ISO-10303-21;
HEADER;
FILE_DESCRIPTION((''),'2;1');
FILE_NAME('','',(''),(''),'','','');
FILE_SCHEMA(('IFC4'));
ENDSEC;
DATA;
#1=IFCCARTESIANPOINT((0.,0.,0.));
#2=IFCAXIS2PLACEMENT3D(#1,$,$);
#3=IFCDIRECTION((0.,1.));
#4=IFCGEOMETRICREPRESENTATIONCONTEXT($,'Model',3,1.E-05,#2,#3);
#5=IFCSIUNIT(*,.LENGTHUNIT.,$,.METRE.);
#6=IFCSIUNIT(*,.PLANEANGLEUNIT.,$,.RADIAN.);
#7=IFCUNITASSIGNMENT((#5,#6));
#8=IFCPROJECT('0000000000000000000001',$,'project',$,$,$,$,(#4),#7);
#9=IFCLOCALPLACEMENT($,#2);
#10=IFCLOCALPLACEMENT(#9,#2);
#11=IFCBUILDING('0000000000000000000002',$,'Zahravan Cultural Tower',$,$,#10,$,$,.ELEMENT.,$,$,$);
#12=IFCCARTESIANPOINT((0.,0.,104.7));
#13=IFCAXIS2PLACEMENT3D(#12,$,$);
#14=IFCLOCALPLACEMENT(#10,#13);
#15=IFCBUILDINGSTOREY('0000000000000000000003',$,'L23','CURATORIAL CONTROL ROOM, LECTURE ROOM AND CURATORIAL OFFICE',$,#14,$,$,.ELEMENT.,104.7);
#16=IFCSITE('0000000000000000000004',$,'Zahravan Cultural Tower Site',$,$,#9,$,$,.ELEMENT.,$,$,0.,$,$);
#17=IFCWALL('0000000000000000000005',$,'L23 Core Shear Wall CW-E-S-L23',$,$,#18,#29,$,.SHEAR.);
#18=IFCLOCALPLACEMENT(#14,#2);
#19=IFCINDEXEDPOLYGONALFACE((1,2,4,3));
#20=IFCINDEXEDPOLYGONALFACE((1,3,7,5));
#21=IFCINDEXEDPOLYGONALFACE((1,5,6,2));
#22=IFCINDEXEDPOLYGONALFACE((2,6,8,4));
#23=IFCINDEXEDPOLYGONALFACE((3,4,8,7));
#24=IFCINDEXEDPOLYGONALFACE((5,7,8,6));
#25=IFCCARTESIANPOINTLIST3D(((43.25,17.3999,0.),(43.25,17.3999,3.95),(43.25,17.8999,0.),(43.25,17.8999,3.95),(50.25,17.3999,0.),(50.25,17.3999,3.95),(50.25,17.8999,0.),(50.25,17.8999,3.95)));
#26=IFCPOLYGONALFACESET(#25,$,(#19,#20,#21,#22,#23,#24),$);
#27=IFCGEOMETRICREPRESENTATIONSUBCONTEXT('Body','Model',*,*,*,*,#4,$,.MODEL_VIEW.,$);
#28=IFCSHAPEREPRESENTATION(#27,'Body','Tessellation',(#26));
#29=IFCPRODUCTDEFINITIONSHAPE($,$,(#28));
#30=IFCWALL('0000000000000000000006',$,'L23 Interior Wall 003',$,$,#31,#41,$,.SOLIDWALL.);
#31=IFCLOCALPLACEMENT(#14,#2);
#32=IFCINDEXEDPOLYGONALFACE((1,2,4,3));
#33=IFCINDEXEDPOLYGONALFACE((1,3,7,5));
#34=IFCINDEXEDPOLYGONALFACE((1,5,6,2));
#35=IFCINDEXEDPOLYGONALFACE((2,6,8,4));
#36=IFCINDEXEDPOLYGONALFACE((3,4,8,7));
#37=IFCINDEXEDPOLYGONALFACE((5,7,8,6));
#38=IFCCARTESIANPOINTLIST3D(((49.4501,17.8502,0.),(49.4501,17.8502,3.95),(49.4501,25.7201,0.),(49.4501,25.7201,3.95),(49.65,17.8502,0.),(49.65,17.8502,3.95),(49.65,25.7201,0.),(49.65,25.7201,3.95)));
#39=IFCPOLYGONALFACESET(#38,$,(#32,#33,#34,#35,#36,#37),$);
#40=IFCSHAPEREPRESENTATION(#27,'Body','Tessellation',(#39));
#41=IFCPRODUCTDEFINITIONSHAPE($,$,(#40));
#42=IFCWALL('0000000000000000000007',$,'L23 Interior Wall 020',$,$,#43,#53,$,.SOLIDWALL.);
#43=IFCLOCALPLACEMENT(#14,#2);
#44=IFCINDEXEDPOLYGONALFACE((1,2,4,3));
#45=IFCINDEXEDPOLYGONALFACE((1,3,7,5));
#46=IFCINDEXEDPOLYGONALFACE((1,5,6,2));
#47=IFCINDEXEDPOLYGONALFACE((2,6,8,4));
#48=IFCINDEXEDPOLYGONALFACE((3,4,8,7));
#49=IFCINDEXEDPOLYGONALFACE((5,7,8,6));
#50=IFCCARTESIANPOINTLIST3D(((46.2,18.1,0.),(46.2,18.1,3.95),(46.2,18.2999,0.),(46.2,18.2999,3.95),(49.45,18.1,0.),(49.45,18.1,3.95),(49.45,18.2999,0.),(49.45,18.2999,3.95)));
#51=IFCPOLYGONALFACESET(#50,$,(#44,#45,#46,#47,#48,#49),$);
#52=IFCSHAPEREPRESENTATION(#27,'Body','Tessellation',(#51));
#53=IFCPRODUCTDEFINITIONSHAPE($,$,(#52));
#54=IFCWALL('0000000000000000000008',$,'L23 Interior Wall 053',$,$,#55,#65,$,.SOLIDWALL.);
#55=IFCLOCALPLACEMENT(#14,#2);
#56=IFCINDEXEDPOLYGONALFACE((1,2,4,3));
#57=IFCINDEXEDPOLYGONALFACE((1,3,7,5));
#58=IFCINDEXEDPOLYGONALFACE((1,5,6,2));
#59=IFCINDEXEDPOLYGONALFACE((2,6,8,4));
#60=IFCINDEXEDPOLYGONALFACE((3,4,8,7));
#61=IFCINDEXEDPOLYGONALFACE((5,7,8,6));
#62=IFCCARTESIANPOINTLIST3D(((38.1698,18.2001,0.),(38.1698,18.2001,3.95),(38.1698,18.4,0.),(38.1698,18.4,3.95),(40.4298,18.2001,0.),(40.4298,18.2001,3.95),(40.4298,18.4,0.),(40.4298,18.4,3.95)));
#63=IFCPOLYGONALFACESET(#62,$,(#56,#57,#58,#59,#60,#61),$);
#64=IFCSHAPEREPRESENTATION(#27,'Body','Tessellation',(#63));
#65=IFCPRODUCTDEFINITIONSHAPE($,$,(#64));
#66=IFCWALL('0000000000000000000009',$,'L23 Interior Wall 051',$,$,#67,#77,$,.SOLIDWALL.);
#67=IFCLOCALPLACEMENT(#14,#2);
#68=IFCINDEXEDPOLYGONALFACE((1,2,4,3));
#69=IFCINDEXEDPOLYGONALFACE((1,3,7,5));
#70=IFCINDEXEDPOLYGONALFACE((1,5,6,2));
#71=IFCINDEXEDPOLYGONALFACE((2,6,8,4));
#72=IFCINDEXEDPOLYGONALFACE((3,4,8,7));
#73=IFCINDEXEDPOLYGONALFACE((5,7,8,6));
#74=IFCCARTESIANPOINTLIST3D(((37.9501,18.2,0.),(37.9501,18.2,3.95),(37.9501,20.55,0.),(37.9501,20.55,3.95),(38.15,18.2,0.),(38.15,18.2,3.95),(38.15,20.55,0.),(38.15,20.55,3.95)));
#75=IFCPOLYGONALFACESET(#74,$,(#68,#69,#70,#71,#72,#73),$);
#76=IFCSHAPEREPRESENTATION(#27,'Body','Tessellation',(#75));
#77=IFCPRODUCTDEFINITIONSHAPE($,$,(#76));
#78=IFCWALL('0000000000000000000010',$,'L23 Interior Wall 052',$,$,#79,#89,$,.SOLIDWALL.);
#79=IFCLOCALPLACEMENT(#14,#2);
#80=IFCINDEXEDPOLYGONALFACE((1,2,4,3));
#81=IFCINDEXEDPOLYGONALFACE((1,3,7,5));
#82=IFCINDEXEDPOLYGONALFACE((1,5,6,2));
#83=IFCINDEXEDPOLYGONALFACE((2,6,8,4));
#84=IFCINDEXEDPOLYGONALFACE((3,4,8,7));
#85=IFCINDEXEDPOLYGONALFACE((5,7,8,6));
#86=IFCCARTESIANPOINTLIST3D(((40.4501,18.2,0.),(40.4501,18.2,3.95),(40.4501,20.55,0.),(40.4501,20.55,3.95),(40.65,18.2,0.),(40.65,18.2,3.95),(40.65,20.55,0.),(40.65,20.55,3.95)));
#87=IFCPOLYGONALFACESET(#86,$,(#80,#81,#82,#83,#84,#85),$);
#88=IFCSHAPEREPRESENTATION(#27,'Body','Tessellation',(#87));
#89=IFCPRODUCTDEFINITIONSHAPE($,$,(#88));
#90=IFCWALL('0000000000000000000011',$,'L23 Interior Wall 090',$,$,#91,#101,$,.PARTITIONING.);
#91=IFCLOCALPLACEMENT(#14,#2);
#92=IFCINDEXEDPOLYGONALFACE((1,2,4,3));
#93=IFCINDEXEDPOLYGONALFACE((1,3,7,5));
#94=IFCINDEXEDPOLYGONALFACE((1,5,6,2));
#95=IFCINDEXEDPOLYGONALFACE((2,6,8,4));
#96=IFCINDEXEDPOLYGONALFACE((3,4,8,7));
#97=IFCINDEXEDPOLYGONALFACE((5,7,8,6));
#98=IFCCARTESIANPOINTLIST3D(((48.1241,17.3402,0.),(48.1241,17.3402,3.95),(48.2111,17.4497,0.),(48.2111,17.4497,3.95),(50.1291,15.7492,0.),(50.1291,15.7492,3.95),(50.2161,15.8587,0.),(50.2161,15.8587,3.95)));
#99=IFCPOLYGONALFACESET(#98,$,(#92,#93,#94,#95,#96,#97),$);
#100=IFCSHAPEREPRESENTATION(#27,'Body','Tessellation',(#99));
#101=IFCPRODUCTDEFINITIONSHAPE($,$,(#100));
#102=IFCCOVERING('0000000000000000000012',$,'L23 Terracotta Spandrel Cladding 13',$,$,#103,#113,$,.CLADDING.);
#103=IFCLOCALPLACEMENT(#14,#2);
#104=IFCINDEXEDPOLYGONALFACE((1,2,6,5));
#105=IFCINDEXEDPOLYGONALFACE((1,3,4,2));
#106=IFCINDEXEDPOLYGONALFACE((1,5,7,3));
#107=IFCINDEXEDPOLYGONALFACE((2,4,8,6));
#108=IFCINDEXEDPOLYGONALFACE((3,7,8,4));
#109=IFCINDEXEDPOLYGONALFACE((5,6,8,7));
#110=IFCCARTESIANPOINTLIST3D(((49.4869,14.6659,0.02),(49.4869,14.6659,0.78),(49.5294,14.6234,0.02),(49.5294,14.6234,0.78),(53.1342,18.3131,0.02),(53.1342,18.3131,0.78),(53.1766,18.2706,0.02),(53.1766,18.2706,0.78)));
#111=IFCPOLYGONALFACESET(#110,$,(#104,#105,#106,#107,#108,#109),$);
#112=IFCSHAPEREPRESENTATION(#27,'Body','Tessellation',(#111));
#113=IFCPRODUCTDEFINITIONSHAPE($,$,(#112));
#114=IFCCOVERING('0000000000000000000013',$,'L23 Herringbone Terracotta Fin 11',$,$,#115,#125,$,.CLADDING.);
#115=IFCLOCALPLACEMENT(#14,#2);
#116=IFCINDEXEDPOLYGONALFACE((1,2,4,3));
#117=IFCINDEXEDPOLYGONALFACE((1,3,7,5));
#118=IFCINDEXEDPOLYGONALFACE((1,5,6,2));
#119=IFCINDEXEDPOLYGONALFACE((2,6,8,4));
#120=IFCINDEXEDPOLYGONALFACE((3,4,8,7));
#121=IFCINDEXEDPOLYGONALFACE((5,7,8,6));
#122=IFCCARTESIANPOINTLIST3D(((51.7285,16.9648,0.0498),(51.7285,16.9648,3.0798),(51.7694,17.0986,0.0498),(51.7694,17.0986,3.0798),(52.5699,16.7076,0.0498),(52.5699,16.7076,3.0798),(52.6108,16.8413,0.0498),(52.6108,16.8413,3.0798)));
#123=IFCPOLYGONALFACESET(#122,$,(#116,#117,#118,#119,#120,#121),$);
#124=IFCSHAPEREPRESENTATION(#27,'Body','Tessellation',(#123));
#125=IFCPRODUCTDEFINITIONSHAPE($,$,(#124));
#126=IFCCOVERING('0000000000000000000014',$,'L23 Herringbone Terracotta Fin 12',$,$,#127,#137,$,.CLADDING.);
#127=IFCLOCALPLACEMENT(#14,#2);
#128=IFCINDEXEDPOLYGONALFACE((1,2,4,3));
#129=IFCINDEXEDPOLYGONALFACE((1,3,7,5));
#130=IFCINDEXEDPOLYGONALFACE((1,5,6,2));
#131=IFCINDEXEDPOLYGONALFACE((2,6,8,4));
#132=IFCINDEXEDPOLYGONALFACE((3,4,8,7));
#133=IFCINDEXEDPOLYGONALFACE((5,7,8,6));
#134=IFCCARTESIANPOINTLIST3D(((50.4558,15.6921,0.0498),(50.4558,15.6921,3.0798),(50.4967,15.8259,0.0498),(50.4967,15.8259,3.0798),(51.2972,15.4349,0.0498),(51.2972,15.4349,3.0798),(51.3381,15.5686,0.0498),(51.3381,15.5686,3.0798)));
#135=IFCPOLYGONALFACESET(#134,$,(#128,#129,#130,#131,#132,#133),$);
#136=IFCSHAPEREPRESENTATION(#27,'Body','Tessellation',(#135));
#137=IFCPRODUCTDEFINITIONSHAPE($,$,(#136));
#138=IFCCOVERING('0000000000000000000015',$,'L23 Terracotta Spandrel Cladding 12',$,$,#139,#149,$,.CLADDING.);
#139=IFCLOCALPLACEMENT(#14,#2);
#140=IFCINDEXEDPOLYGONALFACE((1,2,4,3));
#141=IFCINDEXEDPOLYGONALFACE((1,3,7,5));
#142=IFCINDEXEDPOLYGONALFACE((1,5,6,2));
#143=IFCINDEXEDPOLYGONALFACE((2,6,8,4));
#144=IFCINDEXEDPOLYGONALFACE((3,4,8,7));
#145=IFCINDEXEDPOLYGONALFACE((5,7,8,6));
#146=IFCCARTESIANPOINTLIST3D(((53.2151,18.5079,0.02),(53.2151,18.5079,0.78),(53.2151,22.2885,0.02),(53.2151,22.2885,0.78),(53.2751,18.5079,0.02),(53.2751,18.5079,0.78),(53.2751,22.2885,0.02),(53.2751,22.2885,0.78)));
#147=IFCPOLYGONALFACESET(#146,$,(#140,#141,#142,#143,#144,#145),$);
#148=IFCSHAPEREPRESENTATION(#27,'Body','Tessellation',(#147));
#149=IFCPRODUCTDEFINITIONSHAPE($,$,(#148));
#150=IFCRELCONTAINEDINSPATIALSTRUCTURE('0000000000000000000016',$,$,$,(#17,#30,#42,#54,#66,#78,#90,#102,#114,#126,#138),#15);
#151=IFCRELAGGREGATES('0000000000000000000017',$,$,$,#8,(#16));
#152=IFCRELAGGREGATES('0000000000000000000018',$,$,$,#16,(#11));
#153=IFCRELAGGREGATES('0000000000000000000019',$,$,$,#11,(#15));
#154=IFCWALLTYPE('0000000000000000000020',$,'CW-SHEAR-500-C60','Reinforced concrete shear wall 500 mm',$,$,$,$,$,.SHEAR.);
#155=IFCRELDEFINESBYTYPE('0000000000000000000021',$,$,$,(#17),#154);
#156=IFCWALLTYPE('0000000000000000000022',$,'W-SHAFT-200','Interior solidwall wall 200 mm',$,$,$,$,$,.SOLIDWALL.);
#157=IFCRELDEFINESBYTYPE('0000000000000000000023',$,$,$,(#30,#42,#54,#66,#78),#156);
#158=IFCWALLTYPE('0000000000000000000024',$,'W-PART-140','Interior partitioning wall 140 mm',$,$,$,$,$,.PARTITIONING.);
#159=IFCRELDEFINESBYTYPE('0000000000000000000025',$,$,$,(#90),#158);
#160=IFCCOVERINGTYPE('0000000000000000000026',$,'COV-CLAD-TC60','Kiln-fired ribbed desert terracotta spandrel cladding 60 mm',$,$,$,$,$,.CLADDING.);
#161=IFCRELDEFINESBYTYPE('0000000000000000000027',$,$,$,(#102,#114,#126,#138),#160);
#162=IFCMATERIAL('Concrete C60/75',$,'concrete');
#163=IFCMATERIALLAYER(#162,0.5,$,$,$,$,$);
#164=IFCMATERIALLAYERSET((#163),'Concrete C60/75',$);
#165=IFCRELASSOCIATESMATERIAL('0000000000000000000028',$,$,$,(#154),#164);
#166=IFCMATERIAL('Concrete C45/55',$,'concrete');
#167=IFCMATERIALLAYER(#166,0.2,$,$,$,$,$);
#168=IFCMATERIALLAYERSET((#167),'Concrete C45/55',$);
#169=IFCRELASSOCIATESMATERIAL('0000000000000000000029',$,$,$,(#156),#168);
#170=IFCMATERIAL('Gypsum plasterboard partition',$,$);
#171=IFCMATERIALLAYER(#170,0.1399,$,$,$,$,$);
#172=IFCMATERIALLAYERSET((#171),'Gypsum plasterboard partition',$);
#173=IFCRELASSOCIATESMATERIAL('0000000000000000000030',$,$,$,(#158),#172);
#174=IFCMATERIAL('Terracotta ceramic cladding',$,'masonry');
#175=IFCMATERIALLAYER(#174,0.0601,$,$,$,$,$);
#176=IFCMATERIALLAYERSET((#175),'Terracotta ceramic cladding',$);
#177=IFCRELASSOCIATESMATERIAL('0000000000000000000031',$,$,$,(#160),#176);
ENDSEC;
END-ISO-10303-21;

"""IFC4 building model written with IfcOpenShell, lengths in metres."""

from ifc_helpers import new_model, si_unit, direction, frame, frame_2d, origin, origin_2d, place, context, subcontext, project, spatial, rectangle, extrude, source, transform, mapped, material, layer, layer_set, type_object, element, save


model = new_model("IFC4")

# Units and contexts
model_context = context("Model", 3, precision=1e-05, world=origin(), true_north=direction((0.0, 1.0)))
body_context = subcontext(model_context, "Body", "Model", "MODEL_VIEW")
ifc_project = project(units=[si_unit("LENGTHUNIT", "METRE"), si_unit("PLANEANGLEUNIT", "RADIAN")], contexts=[model_context])

# Site, building, storey
site_placement = place(None, origin())
site = spatial("IfcSite", under=ifc_project, at=site_placement, Name="Zahravan Cultural Tower Site", CompositionType="ELEMENT", RefElevation=0.0)
building_placement = place(site_placement, origin())
building = spatial("IfcBuilding", under=site, at=building_placement, Name="Zahravan Cultural Tower", CompositionType="ELEMENT")
storey_placement = place(building_placement, frame((0.0, 0.0, 104.7)))
storey = spatial("IfcBuildingStorey", under=building, at=storey_placement, Name="L23", Description="CURATORIAL CONTROL ROOM, LECTURE ROOM AND CURATORIAL OFFICE", CompositionType="ELEMENT", Elevation=104.7)

# Shared definitions
ifc_material_1 = material(Name="Concrete C60/75", Category="concrete")

# Shared definitions
ifc_layer_1 = layer(ifc_material_1, 0.5)
ifc_layer_set_1 = layer_set([ifc_layer_1], Name="Concrete C60/75")
wall_type_1 = type_object("IfcWallType", Name="CW-SHEAR-500-C60", Description="Reinforced concrete shear wall 500 mm", PredefinedType="SHEAR", material=ifc_layer_set_1)

# Shared definitions
ifc_material_2 = material(Name="Concrete C45/55", Category="concrete")
ifc_layer_2 = layer(ifc_material_2, 0.2)
ifc_layer_set_2 = layer_set([ifc_layer_2], Name="Concrete C45/55")
wall_type_2 = type_object("IfcWallType", Name="W-SHAFT-200", Description="Interior solidwall wall 200 mm", PredefinedType="SOLIDWALL", material=ifc_layer_set_2)

# Walls
shared_shape_1 = source(origin(), body_context, "Body", "SweptSolid", [
    extrude(rectangle(XDim=7.0, YDim=0.5, at=frame_2d((3.5, 0.0))), origin(), (0.0, 0.0, 1.0), 3.95),
])
wall_1_placement = place(storey_placement, frame((43.25, 17.6499, 0.0), z_axis=(0.0, 0.0, 1.0), x_axis=(1.0, 0.0, 0.0)))
element("IfcWall", 1, at=wall_1_placement, inside=storey, type_object=wall_type_1, Name="L23 Core Shear Wall CW-E-S-L23", PredefinedType="SHEAR", context=body_context, shape_type="MappedRepresentation", body=[
    mapped(shared_shape_1, transform((0.0, 0.0, 0.0), x_axis=(1.0, 0.0, 0.0), y_axis=(0.0, 1.0, 0.0), z_axis=(0.0, 0.0, 1.0), scale=1.0)),
])
shared_shape_2 = source(origin(), body_context, "Body", "SweptSolid", [
    extrude(rectangle(XDim=7.8699, YDim=0.2, at=frame_2d((3.9351, 0.0))), origin(), (0.0, 0.0, 1.0), 3.95),
])
wall_2_placement = place(storey_placement, frame((49.55, 17.8501, 0.0), z_axis=(0.0, 0.0, 1.0), x_axis=(0.0, 1.0, 0.0)))
element("IfcWall", 2, at=wall_2_placement, inside=storey, type_object=wall_type_2, Name="L23 Interior Wall 003", PredefinedType="SOLIDWALL", context=body_context, shape_type="MappedRepresentation", body=[
    mapped(shared_shape_2, transform((0.0, 0.0, 0.0), x_axis=(1.0, 0.0, 0.0), y_axis=(0.0, 1.0, 0.0), z_axis=(0.0, 0.0, 1.0), scale=1.0)),
])
shared_shape_3 = source(origin(), body_context, "Body", "SweptSolid", [
    extrude(rectangle(XDim=3.25, YDim=0.2, at=frame_2d((1.625, 0.0))), origin(), (0.0, 0.0, 1.0), 3.95),
])
wall_3_placement = place(storey_placement, frame((46.2, 18.2, 0.0), z_axis=(0.0, 0.0, 1.0), x_axis=(1.0, 0.0, 0.0)))
element("IfcWall", 3, at=wall_3_placement, inside=storey, type_object=wall_type_2, Name="L23 Interior Wall 020", PredefinedType="SOLIDWALL", context=body_context, shape_type="MappedRepresentation", body=[
    mapped(shared_shape_3, transform((0.0, 0.0, 0.0), x_axis=(1.0, 0.0, 0.0), y_axis=(0.0, 1.0, 0.0), z_axis=(0.0, 0.0, 1.0), scale=1.0)),
])
shared_shape_4 = source(origin(), body_context, "Body", "SweptSolid", [
    extrude(rectangle(XDim=2.26, YDim=0.2, at=frame_2d((1.1299, 0.0))), origin(), (0.0, 0.0, 1.0), 3.95),
])
wall_4_placement = place(storey_placement, frame((38.1699, 18.3, 0.0), z_axis=(0.0, 0.0, 1.0), x_axis=(1.0, 0.0, 0.0)))
element("IfcWall", 4, at=wall_4_placement, inside=storey, type_object=wall_type_2, Name="L23 Interior Wall 053", PredefinedType="SOLIDWALL", context=body_context, shape_type="MappedRepresentation", body=[
    mapped(shared_shape_4, transform((0.0, 0.0, 0.0), x_axis=(1.0, 0.0, 0.0), y_axis=(0.0, 1.0, 0.0), z_axis=(0.0, 0.0, 1.0), scale=1.0)),
])
shared_shape_5 = source(origin(), body_context, "Body", "SweptSolid", [
    extrude(rectangle(XDim=2.3501, YDim=0.2, at=frame_2d((1.175, 0.0))), origin(), (0.0, 0.0, 1.0), 3.95),
])
for number, where, z_axis, x_axis, name in (
    (5, (38.05, 18.2, 0.0), (0.0, 0.0, 1.0), (0.0, 1.0, 0.0), "L23 Interior Wall 051"),
    (6, (40.55, 18.2, 0.0), (0.0, 0.0, 1.0), (0.0, 1.0, 0.0), "L23 Interior Wall 052"),
):
    element("IfcWall", number, at=place(storey_placement, frame(where, z_axis=z_axis, x_axis=x_axis)), inside=storey, type_object=wall_type_2, Name=name, PredefinedType="SOLIDWALL", context=body_context, shape_type="MappedRepresentation", body=[
        mapped(shared_shape_5, transform((0.0, 0.0, 0.0), x_axis=(1.0, 0.0, 0.0), y_axis=(0.0, 1.0, 0.0), z_axis=(0.0, 0.0, 1.0), scale=1.0)),
    ])
ifc_material_3 = material(Name="Gypsum plasterboard partition")
ifc_layer_3 = layer(ifc_material_3, 0.1399)
ifc_layer_set_3 = layer_set([ifc_layer_3], Name="Gypsum plasterboard partition")
wall_type_3 = type_object("IfcWallType", Name="W-PART-140", Description="Interior partitioning wall 140 mm", PredefinedType="PARTITIONING", material=ifc_layer_set_3)
shared_shape_6 = source(origin(), body_context, "Body", "SweptSolid", [
    extrude(rectangle(XDim=2.5596, YDim=0.1399, at=frame_2d((1.2798, 0.0))), origin(), (0.0, 0.0, 1.0), 3.95),
])
wall_5_placement = place(storey_placement, frame((50.1726, 15.804, 0.0), z_axis=(0.0, 0.0, 1.0), x_axis=(-0.783347, 0.621584, 0.0)))
element("IfcWall", 7, at=wall_5_placement, inside=storey, type_object=wall_type_3, Name="L23 Interior Wall 090", PredefinedType="PARTITIONING", context=body_context, shape_type="MappedRepresentation", body=[
    mapped(shared_shape_6, transform((0.0, 0.0, 0.0), x_axis=(1.0, 0.0, 0.0), y_axis=(0.0, 1.0, 0.0), z_axis=(0.0, 0.0, 1.0), scale=1.0)),
])

# Coverings
ifc_material_4 = material(Name="Terracotta ceramic cladding", Category="masonry")
ifc_layer_4 = layer(ifc_material_4, 0.0601)
ifc_layer_set_4 = layer_set([ifc_layer_4], Name="Terracotta ceramic cladding")
covering_type = type_object("IfcCoveringType", Name="COV-CLAD-TC60", Description="Kiln-fired ribbed desert terracotta spandrel cladding 60 mm", PredefinedType="CLADDING", material=ifc_layer_set_4)
shared_shape_7 = source(origin(), body_context, "Body", "SweptSolid", [
    extrude(rectangle(XDim=5.158, YDim=0.0601, at=origin_2d()), origin(), (0.0, 0.0, 1.0), 0.76),
])
covering_1_placement = place(storey_placement, frame((51.3318, 16.4683, 0.02), z_axis=(0.0, 0.0, 1.0), x_axis=(-0.707107, -0.707107, 0.0)))
element("IfcCovering", 8, at=covering_1_placement, inside=storey, type_object=covering_type, Name="L23 Terracotta Spandrel Cladding 13", PredefinedType="CLADDING", context=body_context, shape_type="MappedRepresentation", body=[
    mapped(shared_shape_7, transform((0.0, 0.0, 0.0), x_axis=(1.0, 0.0, 0.0), y_axis=(0.0, 1.0, 0.0), z_axis=(0.0, 0.0, 1.0), scale=1.0)),
])
shared_shape_8 = source(origin(), body_context, "Body", "SweptSolid", [
    extrude(rectangle(XDim=0.8799, YDim=0.1399, at=origin_2d()), origin(), (0.0, 0.0, 1.0), 3.03),
])
for number, where, z_axis, x_axis, name in (
    (9, (52.1697, 16.9031, 0.0498), (0.0, 0.0, 1.0), (0.956305, -0.292372, 0.0), "L23 Herringbone Terracotta Fin 11"),
    (10, (50.897, 15.6304, 0.0498), (0.0, 0.0, 1.0), (0.956305, -0.292372, 0.0), "L23 Herringbone Terracotta Fin 12"),
):
    element("IfcCovering", number, at=place(storey_placement, frame(where, z_axis=z_axis, x_axis=x_axis)), inside=storey, type_object=covering_type, Name=name, PredefinedType="CLADDING", context=body_context, shape_type="MappedRepresentation", body=[
        mapped(shared_shape_8, transform((0.0, 0.0, 0.0), x_axis=(1.0, 0.0, 0.0), y_axis=(0.0, 1.0, 0.0), z_axis=(0.0, 0.0, 1.0), scale=1.0)),
    ])
shared_shape_9 = source(origin(), body_context, "Body", "SweptSolid", [
    extrude(rectangle(XDim=3.7805, YDim=0.0601, at=origin_2d()), origin(), (0.0, 0.0, 1.0), 0.76),
])
covering_2_placement = place(storey_placement, frame((53.2451, 20.3982, 0.02), z_axis=(0.0, 0.0, 1.0), x_axis=(0.0, -1.0, 0.0)))
element("IfcCovering", 11, at=covering_2_placement, inside=storey, type_object=covering_type, Name="L23 Terracotta Spandrel Cladding 12", PredefinedType="CLADDING", context=body_context, shape_type="MappedRepresentation", body=[
    mapped(shared_shape_9, transform((0.0, 0.0, 0.0), x_axis=(1.0, 0.0, 0.0), y_axis=(0.0, 1.0, 0.0), z_axis=(0.0, 0.0, 1.0), scale=1.0)),
])

save(model, "model.ifc")
